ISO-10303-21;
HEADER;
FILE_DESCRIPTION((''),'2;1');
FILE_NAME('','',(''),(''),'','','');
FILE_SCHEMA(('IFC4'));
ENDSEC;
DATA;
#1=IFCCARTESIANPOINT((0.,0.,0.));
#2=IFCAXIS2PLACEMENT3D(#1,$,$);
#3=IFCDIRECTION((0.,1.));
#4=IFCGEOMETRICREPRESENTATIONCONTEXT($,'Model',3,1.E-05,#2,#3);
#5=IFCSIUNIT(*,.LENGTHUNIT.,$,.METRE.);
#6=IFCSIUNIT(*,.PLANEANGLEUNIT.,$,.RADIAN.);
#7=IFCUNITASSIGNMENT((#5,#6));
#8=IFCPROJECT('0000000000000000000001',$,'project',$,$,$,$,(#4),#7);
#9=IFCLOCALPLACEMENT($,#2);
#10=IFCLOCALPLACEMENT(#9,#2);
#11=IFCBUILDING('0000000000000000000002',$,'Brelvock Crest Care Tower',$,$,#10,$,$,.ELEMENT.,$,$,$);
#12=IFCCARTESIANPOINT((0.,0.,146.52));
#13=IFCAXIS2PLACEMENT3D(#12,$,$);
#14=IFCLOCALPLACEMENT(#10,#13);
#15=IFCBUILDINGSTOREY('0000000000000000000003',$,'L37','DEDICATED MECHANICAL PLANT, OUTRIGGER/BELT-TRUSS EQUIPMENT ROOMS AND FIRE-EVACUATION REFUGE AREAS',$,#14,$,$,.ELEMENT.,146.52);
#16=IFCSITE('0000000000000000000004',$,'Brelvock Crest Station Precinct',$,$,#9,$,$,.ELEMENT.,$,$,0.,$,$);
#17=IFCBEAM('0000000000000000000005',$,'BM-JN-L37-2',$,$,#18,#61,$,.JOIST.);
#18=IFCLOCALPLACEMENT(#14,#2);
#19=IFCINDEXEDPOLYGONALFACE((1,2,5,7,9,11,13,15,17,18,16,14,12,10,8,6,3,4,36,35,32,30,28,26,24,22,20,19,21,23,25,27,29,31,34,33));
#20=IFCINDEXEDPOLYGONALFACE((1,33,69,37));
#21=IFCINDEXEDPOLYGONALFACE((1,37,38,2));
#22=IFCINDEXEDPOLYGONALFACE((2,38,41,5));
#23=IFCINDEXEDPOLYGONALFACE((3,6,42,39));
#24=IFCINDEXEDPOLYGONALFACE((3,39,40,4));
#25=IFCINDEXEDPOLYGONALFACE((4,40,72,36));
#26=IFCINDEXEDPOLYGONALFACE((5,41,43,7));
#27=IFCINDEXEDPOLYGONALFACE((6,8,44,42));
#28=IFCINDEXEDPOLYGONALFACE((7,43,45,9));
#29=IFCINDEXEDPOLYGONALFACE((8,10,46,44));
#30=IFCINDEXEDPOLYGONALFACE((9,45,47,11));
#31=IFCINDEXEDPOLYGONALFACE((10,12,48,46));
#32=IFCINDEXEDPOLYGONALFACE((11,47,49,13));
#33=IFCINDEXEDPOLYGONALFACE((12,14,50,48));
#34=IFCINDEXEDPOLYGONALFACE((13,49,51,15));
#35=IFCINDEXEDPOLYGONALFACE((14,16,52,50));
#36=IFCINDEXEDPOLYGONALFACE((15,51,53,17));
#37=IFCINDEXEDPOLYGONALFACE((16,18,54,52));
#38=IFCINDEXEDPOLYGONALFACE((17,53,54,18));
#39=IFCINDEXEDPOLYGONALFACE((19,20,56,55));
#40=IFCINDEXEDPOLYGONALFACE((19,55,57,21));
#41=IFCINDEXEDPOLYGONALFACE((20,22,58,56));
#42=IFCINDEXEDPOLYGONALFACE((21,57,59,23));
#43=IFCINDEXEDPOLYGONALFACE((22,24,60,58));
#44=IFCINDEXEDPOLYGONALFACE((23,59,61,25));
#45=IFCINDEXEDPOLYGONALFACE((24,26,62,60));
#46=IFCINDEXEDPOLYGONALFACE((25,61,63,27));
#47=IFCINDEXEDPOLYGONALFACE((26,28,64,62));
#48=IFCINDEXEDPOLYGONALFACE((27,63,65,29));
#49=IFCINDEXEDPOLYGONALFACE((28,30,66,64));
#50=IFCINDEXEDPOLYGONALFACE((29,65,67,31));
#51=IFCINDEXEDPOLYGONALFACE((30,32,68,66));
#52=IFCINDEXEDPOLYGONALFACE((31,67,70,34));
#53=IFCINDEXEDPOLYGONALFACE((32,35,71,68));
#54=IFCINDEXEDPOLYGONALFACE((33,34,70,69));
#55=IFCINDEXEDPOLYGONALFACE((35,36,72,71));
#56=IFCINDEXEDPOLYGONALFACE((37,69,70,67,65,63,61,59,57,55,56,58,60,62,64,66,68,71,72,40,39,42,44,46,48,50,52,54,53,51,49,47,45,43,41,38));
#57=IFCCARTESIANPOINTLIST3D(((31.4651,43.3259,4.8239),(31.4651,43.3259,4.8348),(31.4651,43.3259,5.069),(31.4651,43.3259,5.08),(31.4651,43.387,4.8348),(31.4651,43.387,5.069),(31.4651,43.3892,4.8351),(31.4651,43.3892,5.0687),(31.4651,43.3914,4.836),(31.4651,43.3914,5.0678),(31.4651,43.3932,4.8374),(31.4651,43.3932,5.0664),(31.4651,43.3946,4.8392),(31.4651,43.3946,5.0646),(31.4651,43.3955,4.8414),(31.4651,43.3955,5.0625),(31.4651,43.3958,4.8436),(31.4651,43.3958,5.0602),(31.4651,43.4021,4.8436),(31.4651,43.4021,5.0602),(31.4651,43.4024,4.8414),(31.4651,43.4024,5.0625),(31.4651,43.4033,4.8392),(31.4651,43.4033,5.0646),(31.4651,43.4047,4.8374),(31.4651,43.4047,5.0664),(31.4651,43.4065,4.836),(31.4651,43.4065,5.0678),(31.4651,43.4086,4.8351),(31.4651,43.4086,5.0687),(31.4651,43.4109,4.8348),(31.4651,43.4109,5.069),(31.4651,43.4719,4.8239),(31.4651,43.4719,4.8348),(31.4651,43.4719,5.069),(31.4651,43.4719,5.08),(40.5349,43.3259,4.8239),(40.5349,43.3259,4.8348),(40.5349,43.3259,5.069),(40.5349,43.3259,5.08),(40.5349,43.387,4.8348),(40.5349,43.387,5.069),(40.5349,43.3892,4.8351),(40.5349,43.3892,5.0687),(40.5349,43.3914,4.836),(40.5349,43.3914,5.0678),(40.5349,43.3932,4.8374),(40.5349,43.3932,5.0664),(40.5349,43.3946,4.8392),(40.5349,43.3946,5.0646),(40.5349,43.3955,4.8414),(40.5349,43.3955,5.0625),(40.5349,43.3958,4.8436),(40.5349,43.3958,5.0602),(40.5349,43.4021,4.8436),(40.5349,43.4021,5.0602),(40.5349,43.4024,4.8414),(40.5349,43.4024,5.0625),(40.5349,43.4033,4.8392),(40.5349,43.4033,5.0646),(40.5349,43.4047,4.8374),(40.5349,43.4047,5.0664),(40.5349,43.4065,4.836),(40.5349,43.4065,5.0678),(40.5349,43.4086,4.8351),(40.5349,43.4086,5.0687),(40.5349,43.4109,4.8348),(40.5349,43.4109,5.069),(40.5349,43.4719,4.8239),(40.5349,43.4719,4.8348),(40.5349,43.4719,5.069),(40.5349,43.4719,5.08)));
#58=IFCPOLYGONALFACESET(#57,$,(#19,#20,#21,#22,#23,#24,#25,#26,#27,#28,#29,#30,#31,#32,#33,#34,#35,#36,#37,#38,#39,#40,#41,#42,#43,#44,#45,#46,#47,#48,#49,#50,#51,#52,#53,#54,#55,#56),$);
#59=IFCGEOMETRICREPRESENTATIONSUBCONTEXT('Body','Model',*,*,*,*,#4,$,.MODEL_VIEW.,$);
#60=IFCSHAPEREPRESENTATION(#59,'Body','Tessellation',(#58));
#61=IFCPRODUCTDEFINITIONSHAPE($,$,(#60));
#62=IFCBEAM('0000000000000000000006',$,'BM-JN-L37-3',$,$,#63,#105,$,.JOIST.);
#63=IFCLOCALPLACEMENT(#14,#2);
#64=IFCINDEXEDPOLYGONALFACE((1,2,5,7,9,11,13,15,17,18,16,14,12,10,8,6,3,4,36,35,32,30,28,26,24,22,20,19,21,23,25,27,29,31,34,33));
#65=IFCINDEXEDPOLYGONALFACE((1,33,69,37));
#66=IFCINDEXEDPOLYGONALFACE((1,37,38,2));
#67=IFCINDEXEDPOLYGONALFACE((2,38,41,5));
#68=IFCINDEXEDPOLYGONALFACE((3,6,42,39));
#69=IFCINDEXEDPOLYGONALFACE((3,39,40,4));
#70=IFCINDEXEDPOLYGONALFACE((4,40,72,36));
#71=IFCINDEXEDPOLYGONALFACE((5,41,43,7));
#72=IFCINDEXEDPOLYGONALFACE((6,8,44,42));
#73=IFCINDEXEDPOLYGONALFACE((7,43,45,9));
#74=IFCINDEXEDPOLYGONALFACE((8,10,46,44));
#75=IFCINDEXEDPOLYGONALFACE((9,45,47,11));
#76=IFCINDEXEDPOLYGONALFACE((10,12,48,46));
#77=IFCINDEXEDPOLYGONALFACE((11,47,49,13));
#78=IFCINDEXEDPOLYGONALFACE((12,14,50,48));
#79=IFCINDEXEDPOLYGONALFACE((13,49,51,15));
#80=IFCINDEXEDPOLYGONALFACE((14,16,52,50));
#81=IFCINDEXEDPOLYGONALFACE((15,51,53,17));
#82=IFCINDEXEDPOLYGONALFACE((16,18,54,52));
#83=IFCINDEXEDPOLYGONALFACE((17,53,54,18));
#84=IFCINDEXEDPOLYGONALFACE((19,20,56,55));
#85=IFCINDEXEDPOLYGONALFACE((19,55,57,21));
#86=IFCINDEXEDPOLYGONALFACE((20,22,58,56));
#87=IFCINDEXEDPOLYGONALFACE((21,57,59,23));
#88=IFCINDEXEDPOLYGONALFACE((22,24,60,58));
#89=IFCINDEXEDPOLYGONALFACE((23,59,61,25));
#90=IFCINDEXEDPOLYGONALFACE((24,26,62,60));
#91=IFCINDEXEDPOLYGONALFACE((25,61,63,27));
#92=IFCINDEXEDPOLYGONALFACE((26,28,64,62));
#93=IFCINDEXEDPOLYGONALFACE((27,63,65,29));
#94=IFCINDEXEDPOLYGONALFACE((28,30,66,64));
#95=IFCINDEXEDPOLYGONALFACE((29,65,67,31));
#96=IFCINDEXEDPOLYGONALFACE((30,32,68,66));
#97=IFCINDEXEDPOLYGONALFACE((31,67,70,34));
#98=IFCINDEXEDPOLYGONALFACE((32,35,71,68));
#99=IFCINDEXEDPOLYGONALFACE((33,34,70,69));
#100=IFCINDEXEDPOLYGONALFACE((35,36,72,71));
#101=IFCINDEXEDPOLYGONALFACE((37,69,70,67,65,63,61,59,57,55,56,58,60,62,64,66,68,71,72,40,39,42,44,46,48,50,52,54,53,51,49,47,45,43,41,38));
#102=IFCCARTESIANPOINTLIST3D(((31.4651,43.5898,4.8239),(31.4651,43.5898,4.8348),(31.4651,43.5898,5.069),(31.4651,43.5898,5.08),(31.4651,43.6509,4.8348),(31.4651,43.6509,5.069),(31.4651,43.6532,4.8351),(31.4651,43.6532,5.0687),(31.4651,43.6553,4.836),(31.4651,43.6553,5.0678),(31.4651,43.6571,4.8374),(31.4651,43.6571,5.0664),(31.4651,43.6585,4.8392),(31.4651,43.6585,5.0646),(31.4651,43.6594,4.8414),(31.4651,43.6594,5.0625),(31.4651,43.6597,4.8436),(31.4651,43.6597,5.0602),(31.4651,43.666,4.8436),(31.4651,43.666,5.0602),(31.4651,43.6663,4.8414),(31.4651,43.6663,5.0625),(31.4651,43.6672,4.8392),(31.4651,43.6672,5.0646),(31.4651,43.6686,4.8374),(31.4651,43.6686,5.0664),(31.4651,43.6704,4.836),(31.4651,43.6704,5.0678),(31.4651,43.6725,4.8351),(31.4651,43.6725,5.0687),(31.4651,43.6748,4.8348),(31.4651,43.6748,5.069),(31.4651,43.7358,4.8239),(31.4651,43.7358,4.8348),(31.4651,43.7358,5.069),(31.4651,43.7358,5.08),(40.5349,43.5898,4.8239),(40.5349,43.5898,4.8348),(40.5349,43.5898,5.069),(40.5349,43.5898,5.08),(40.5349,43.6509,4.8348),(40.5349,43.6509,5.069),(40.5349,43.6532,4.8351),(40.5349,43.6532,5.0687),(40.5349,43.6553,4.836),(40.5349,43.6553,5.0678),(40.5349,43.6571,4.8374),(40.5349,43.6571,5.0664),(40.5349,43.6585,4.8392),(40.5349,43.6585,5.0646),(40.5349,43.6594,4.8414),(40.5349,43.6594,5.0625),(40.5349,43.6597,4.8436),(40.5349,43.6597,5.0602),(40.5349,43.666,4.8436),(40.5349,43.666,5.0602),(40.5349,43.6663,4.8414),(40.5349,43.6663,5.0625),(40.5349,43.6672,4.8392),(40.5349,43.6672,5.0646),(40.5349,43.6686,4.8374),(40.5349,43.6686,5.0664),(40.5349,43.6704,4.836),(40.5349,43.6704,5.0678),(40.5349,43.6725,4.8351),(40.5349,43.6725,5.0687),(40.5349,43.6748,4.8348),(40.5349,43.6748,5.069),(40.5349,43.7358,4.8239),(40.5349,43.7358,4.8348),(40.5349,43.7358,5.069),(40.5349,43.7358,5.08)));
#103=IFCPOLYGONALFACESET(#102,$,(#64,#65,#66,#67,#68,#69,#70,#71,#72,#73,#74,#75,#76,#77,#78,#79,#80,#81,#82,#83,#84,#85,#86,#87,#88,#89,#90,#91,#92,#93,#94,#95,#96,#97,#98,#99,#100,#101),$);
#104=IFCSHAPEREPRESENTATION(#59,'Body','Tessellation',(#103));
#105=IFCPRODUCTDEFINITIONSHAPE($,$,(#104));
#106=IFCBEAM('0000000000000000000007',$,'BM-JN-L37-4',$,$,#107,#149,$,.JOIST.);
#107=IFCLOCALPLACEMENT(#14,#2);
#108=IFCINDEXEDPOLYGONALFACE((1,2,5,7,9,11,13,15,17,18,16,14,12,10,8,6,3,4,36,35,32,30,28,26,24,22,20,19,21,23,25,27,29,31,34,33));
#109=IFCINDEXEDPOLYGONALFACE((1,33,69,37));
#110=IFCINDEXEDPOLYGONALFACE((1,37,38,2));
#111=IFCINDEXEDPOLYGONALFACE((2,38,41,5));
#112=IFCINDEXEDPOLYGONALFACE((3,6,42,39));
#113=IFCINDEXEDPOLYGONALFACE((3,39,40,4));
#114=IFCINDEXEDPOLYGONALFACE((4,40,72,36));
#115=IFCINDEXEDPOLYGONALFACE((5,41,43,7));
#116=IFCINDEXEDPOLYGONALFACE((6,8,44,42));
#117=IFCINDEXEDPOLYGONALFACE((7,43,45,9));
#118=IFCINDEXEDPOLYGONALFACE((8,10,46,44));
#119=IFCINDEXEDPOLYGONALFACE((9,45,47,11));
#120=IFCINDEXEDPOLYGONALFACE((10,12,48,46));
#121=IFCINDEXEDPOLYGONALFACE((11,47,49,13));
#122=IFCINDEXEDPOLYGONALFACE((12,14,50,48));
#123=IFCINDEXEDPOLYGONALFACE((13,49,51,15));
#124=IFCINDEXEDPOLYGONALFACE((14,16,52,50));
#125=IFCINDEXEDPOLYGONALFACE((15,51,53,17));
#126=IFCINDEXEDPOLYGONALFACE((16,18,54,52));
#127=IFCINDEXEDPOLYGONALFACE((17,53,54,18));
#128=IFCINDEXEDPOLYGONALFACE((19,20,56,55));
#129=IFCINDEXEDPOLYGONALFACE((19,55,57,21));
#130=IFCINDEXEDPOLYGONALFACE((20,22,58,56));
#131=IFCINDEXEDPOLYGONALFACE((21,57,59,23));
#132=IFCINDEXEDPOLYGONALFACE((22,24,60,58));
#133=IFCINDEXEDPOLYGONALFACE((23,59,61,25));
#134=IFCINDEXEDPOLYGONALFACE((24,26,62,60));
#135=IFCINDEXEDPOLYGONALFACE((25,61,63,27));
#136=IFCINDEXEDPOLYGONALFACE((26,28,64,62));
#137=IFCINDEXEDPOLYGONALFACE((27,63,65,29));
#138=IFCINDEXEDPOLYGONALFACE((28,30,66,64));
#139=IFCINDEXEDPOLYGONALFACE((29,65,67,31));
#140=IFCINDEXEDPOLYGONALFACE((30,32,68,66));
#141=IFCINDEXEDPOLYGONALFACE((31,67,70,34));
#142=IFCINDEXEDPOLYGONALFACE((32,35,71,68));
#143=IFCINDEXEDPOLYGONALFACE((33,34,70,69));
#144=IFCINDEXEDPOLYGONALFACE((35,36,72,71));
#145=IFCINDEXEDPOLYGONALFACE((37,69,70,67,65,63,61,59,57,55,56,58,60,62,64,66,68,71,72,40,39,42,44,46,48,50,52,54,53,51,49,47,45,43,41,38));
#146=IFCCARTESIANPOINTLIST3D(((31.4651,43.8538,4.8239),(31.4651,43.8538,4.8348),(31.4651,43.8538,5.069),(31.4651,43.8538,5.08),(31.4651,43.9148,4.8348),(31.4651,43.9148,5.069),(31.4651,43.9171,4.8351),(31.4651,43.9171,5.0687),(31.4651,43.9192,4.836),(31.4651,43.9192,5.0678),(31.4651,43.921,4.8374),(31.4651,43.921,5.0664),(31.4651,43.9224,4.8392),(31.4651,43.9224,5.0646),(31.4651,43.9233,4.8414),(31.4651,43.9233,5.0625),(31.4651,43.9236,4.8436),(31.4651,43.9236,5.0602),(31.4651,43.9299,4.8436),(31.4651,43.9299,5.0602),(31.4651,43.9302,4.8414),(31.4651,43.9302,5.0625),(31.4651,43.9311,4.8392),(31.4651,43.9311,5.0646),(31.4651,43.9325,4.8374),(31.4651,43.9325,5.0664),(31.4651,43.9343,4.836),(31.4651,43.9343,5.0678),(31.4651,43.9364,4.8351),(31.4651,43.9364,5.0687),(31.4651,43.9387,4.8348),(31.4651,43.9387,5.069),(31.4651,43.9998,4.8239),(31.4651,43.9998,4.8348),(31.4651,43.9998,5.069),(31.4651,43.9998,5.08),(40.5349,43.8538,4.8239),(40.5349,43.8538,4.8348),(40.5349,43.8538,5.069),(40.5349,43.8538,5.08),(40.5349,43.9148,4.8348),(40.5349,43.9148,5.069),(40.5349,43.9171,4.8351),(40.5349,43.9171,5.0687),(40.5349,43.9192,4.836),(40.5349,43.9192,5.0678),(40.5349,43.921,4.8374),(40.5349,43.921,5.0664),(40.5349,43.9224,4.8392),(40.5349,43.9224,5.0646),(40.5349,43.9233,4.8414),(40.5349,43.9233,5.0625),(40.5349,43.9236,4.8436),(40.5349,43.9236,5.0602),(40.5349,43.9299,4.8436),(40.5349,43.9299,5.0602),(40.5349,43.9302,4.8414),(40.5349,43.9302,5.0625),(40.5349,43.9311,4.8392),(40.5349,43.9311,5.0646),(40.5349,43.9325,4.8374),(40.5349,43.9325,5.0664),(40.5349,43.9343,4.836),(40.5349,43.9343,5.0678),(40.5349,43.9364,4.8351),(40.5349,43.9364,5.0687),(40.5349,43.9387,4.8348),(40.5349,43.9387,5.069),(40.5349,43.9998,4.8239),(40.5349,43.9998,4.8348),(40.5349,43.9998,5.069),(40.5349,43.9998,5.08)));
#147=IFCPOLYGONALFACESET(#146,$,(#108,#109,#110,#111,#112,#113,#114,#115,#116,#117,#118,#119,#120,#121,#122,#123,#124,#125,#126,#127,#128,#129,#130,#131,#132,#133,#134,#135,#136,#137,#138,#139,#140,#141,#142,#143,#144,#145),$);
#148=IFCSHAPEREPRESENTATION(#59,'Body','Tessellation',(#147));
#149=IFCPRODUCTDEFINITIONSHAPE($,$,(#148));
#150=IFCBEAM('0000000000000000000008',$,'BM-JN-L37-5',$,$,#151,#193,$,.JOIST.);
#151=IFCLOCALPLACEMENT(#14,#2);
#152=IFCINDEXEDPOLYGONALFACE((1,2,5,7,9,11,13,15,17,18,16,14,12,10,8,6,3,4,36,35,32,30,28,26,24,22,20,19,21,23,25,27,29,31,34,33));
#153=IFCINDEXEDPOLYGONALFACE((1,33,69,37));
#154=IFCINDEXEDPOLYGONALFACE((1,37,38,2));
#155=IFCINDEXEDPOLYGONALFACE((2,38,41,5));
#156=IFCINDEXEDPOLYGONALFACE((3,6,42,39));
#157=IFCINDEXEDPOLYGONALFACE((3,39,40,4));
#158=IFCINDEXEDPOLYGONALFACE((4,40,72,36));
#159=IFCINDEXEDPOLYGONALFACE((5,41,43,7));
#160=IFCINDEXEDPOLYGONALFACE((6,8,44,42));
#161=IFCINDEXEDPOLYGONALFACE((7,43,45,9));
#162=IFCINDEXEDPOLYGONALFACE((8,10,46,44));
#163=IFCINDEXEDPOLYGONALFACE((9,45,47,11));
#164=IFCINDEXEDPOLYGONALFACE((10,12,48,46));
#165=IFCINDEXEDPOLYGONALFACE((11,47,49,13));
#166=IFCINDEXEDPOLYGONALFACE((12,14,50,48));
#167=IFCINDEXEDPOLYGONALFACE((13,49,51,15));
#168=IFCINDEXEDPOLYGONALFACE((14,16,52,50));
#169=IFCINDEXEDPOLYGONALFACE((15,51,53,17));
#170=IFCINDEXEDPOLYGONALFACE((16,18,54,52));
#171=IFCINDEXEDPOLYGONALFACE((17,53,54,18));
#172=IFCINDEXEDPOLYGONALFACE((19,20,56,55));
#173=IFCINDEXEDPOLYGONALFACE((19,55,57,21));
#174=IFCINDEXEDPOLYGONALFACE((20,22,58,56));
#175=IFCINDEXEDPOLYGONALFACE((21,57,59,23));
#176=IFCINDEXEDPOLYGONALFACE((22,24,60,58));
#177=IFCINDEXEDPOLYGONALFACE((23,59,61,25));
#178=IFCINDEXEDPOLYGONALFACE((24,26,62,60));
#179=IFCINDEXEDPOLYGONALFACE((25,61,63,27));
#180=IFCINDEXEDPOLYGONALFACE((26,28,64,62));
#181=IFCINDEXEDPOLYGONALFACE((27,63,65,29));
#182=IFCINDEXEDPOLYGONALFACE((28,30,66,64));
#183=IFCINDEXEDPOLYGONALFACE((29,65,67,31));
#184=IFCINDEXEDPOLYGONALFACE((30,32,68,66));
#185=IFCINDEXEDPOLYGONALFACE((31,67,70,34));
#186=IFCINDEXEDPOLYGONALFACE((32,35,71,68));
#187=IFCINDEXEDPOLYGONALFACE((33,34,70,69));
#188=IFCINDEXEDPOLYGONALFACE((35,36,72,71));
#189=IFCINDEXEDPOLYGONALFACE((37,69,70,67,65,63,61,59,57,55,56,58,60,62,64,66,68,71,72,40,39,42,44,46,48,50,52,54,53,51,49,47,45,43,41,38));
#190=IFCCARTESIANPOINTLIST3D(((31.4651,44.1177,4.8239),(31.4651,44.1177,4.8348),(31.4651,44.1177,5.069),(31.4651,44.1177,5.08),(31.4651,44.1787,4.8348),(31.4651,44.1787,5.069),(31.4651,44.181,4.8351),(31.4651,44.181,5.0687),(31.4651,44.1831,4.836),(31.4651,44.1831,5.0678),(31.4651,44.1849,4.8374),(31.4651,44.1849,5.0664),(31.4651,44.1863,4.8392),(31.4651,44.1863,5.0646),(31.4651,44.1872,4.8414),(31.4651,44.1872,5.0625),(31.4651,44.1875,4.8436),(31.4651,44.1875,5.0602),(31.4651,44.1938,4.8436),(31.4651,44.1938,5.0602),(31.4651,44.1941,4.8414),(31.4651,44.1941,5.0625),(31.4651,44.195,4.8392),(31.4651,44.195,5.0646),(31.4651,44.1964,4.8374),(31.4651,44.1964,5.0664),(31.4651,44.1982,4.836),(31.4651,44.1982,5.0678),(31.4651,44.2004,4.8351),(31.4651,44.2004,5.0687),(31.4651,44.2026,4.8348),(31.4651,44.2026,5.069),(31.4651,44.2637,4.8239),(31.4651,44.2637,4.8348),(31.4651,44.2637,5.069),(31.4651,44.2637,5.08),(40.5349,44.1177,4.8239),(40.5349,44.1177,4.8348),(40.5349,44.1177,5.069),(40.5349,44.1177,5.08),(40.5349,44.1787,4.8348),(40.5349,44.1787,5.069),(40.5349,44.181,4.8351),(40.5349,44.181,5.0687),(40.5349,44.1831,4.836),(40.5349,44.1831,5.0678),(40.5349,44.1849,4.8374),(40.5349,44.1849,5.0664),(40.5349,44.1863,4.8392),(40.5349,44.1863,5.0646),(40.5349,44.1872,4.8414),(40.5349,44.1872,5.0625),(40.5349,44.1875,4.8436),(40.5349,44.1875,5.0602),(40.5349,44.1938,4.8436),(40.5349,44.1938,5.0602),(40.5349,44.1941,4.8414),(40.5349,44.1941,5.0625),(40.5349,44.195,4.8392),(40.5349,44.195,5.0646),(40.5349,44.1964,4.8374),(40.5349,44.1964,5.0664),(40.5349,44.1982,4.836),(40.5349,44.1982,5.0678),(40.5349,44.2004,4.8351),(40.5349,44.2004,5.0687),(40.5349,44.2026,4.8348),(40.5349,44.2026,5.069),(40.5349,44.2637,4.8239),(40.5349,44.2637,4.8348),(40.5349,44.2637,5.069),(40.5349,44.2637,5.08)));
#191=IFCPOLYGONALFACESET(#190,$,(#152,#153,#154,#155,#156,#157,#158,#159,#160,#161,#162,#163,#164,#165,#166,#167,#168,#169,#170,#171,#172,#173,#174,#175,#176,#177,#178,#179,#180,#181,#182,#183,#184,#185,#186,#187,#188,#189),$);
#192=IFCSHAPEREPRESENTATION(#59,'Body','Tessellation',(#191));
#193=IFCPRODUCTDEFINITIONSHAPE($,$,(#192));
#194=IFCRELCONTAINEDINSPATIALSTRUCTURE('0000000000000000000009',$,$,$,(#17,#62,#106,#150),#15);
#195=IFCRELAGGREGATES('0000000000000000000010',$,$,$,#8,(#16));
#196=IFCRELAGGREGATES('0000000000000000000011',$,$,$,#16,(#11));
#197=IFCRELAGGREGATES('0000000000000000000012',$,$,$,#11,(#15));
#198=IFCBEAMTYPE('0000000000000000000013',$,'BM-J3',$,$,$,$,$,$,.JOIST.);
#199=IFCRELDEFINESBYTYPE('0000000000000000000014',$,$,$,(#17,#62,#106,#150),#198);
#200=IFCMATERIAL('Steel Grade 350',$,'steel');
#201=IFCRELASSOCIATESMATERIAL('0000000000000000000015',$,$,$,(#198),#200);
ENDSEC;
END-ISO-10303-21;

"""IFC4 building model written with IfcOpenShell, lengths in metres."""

from ifc_helpers import new_model, si_unit, direction, frame, origin, origin_2d, place, context, subcontext, project, spatial, i_section, extrude, source, transform, mapped, material, material_profile, profile_set, type_object, element, save


model = new_model("IFC4")

# Units and contexts
model_context = context("Model", 3, precision=1e-05, world=origin(), true_north=direction((0.0, 1.0)))
body_context = subcontext(model_context, "Body", "Model", "MODEL_VIEW")
ifc_project = project(units=[si_unit("LENGTHUNIT", "METRE"), si_unit("PLANEANGLEUNIT", "RADIAN")], contexts=[model_context])

# Site, building, storey
site_placement = place(None, origin())
site = spatial("IfcSite", under=ifc_project, at=site_placement, Name="Brelvock Crest Station Precinct", CompositionType="ELEMENT", RefElevation=0.0)
building_placement = place(site_placement, origin())
building = spatial("IfcBuilding", under=site, at=building_placement, Name="Brelvock Crest Care Tower", CompositionType="ELEMENT")
storey_placement = place(building_placement, frame((0.0, 0.0, 146.52)))
storey = spatial("IfcBuildingStorey", under=building, at=storey_placement, Name="L37", Description="DEDICATED MECHANICAL PLANT, OUTRIGGER/BELT-TRUSS EQUIPMENT ROOMS AND FIRE-EVACUATION REFUGE AREAS", CompositionType="ELEMENT", Elevation=146.52)

# Shared definitions
ifc_material_1 = material(Name="Steel Grade 350", Category="steel")

# Beams
ifc_material_profile_1 = material_profile(ifc_material_1, i_section(OverallWidth=0.146, OverallDepth=0.2561, WebThickness=0.0063, FlangeThickness=0.011, FilletRadius=0.0088, at=origin_2d()), Name="250UB37.3")
ifc_profile_set_1 = profile_set([ifc_material_profile_1], Name="Steel Grade 350")
beam_type_1 = type_object("IfcBeamType", Name="BM-J3", PredefinedType="JOIST", material=ifc_profile_set_1)
shared_shape_1 = source(origin(), body_context, "Body", "SweptSolid", [
    extrude(i_section(OverallWidth=0.146, OverallDepth=0.2561, WebThickness=0.0063, FlangeThickness=0.011, FilletRadius=0.0088, at=origin_2d()), origin(), (0.0, 0.0, 1.0), 9.0698),
])
for number, where, z_axis, x_axis, name in (
    (1, (31.4651, 43.3989, 4.9519), (1.0, 0.0, 0.0), (0.0, 1.0, 0.0), "BM-JN-L37-2"),
    (2, (31.4651, 43.6628, 4.9519), (1.0, 0.0, 0.0), (0.0, 1.0, 0.0), "BM-JN-L37-3"),
    (3, (31.4651, 43.9268, 4.9519), (1.0, 0.0, 0.0), (0.0, 1.0, 0.0), "BM-JN-L37-4"),
    (4, (31.4651, 44.1907, 4.9519), (1.0, 0.0, 0.0), (0.0, 1.0, 0.0), "BM-JN-L37-5"),
):
    element("IfcBeam", number, at=place(storey_placement, frame(where, z_axis=z_axis, x_axis=x_axis)), inside=storey, type_object=beam_type_1, Name=name, PredefinedType="JOIST", context=body_context, shape_type="MappedRepresentation", body=[
        mapped(shared_shape_1, transform((0.0, 0.0, 0.0), x_axis=(1.0, 0.0, 0.0), y_axis=(0.0, 1.0, 0.0), z_axis=(0.0, 0.0, 1.0), scale=1.0)),
    ])

save(model, "model.ifc")
